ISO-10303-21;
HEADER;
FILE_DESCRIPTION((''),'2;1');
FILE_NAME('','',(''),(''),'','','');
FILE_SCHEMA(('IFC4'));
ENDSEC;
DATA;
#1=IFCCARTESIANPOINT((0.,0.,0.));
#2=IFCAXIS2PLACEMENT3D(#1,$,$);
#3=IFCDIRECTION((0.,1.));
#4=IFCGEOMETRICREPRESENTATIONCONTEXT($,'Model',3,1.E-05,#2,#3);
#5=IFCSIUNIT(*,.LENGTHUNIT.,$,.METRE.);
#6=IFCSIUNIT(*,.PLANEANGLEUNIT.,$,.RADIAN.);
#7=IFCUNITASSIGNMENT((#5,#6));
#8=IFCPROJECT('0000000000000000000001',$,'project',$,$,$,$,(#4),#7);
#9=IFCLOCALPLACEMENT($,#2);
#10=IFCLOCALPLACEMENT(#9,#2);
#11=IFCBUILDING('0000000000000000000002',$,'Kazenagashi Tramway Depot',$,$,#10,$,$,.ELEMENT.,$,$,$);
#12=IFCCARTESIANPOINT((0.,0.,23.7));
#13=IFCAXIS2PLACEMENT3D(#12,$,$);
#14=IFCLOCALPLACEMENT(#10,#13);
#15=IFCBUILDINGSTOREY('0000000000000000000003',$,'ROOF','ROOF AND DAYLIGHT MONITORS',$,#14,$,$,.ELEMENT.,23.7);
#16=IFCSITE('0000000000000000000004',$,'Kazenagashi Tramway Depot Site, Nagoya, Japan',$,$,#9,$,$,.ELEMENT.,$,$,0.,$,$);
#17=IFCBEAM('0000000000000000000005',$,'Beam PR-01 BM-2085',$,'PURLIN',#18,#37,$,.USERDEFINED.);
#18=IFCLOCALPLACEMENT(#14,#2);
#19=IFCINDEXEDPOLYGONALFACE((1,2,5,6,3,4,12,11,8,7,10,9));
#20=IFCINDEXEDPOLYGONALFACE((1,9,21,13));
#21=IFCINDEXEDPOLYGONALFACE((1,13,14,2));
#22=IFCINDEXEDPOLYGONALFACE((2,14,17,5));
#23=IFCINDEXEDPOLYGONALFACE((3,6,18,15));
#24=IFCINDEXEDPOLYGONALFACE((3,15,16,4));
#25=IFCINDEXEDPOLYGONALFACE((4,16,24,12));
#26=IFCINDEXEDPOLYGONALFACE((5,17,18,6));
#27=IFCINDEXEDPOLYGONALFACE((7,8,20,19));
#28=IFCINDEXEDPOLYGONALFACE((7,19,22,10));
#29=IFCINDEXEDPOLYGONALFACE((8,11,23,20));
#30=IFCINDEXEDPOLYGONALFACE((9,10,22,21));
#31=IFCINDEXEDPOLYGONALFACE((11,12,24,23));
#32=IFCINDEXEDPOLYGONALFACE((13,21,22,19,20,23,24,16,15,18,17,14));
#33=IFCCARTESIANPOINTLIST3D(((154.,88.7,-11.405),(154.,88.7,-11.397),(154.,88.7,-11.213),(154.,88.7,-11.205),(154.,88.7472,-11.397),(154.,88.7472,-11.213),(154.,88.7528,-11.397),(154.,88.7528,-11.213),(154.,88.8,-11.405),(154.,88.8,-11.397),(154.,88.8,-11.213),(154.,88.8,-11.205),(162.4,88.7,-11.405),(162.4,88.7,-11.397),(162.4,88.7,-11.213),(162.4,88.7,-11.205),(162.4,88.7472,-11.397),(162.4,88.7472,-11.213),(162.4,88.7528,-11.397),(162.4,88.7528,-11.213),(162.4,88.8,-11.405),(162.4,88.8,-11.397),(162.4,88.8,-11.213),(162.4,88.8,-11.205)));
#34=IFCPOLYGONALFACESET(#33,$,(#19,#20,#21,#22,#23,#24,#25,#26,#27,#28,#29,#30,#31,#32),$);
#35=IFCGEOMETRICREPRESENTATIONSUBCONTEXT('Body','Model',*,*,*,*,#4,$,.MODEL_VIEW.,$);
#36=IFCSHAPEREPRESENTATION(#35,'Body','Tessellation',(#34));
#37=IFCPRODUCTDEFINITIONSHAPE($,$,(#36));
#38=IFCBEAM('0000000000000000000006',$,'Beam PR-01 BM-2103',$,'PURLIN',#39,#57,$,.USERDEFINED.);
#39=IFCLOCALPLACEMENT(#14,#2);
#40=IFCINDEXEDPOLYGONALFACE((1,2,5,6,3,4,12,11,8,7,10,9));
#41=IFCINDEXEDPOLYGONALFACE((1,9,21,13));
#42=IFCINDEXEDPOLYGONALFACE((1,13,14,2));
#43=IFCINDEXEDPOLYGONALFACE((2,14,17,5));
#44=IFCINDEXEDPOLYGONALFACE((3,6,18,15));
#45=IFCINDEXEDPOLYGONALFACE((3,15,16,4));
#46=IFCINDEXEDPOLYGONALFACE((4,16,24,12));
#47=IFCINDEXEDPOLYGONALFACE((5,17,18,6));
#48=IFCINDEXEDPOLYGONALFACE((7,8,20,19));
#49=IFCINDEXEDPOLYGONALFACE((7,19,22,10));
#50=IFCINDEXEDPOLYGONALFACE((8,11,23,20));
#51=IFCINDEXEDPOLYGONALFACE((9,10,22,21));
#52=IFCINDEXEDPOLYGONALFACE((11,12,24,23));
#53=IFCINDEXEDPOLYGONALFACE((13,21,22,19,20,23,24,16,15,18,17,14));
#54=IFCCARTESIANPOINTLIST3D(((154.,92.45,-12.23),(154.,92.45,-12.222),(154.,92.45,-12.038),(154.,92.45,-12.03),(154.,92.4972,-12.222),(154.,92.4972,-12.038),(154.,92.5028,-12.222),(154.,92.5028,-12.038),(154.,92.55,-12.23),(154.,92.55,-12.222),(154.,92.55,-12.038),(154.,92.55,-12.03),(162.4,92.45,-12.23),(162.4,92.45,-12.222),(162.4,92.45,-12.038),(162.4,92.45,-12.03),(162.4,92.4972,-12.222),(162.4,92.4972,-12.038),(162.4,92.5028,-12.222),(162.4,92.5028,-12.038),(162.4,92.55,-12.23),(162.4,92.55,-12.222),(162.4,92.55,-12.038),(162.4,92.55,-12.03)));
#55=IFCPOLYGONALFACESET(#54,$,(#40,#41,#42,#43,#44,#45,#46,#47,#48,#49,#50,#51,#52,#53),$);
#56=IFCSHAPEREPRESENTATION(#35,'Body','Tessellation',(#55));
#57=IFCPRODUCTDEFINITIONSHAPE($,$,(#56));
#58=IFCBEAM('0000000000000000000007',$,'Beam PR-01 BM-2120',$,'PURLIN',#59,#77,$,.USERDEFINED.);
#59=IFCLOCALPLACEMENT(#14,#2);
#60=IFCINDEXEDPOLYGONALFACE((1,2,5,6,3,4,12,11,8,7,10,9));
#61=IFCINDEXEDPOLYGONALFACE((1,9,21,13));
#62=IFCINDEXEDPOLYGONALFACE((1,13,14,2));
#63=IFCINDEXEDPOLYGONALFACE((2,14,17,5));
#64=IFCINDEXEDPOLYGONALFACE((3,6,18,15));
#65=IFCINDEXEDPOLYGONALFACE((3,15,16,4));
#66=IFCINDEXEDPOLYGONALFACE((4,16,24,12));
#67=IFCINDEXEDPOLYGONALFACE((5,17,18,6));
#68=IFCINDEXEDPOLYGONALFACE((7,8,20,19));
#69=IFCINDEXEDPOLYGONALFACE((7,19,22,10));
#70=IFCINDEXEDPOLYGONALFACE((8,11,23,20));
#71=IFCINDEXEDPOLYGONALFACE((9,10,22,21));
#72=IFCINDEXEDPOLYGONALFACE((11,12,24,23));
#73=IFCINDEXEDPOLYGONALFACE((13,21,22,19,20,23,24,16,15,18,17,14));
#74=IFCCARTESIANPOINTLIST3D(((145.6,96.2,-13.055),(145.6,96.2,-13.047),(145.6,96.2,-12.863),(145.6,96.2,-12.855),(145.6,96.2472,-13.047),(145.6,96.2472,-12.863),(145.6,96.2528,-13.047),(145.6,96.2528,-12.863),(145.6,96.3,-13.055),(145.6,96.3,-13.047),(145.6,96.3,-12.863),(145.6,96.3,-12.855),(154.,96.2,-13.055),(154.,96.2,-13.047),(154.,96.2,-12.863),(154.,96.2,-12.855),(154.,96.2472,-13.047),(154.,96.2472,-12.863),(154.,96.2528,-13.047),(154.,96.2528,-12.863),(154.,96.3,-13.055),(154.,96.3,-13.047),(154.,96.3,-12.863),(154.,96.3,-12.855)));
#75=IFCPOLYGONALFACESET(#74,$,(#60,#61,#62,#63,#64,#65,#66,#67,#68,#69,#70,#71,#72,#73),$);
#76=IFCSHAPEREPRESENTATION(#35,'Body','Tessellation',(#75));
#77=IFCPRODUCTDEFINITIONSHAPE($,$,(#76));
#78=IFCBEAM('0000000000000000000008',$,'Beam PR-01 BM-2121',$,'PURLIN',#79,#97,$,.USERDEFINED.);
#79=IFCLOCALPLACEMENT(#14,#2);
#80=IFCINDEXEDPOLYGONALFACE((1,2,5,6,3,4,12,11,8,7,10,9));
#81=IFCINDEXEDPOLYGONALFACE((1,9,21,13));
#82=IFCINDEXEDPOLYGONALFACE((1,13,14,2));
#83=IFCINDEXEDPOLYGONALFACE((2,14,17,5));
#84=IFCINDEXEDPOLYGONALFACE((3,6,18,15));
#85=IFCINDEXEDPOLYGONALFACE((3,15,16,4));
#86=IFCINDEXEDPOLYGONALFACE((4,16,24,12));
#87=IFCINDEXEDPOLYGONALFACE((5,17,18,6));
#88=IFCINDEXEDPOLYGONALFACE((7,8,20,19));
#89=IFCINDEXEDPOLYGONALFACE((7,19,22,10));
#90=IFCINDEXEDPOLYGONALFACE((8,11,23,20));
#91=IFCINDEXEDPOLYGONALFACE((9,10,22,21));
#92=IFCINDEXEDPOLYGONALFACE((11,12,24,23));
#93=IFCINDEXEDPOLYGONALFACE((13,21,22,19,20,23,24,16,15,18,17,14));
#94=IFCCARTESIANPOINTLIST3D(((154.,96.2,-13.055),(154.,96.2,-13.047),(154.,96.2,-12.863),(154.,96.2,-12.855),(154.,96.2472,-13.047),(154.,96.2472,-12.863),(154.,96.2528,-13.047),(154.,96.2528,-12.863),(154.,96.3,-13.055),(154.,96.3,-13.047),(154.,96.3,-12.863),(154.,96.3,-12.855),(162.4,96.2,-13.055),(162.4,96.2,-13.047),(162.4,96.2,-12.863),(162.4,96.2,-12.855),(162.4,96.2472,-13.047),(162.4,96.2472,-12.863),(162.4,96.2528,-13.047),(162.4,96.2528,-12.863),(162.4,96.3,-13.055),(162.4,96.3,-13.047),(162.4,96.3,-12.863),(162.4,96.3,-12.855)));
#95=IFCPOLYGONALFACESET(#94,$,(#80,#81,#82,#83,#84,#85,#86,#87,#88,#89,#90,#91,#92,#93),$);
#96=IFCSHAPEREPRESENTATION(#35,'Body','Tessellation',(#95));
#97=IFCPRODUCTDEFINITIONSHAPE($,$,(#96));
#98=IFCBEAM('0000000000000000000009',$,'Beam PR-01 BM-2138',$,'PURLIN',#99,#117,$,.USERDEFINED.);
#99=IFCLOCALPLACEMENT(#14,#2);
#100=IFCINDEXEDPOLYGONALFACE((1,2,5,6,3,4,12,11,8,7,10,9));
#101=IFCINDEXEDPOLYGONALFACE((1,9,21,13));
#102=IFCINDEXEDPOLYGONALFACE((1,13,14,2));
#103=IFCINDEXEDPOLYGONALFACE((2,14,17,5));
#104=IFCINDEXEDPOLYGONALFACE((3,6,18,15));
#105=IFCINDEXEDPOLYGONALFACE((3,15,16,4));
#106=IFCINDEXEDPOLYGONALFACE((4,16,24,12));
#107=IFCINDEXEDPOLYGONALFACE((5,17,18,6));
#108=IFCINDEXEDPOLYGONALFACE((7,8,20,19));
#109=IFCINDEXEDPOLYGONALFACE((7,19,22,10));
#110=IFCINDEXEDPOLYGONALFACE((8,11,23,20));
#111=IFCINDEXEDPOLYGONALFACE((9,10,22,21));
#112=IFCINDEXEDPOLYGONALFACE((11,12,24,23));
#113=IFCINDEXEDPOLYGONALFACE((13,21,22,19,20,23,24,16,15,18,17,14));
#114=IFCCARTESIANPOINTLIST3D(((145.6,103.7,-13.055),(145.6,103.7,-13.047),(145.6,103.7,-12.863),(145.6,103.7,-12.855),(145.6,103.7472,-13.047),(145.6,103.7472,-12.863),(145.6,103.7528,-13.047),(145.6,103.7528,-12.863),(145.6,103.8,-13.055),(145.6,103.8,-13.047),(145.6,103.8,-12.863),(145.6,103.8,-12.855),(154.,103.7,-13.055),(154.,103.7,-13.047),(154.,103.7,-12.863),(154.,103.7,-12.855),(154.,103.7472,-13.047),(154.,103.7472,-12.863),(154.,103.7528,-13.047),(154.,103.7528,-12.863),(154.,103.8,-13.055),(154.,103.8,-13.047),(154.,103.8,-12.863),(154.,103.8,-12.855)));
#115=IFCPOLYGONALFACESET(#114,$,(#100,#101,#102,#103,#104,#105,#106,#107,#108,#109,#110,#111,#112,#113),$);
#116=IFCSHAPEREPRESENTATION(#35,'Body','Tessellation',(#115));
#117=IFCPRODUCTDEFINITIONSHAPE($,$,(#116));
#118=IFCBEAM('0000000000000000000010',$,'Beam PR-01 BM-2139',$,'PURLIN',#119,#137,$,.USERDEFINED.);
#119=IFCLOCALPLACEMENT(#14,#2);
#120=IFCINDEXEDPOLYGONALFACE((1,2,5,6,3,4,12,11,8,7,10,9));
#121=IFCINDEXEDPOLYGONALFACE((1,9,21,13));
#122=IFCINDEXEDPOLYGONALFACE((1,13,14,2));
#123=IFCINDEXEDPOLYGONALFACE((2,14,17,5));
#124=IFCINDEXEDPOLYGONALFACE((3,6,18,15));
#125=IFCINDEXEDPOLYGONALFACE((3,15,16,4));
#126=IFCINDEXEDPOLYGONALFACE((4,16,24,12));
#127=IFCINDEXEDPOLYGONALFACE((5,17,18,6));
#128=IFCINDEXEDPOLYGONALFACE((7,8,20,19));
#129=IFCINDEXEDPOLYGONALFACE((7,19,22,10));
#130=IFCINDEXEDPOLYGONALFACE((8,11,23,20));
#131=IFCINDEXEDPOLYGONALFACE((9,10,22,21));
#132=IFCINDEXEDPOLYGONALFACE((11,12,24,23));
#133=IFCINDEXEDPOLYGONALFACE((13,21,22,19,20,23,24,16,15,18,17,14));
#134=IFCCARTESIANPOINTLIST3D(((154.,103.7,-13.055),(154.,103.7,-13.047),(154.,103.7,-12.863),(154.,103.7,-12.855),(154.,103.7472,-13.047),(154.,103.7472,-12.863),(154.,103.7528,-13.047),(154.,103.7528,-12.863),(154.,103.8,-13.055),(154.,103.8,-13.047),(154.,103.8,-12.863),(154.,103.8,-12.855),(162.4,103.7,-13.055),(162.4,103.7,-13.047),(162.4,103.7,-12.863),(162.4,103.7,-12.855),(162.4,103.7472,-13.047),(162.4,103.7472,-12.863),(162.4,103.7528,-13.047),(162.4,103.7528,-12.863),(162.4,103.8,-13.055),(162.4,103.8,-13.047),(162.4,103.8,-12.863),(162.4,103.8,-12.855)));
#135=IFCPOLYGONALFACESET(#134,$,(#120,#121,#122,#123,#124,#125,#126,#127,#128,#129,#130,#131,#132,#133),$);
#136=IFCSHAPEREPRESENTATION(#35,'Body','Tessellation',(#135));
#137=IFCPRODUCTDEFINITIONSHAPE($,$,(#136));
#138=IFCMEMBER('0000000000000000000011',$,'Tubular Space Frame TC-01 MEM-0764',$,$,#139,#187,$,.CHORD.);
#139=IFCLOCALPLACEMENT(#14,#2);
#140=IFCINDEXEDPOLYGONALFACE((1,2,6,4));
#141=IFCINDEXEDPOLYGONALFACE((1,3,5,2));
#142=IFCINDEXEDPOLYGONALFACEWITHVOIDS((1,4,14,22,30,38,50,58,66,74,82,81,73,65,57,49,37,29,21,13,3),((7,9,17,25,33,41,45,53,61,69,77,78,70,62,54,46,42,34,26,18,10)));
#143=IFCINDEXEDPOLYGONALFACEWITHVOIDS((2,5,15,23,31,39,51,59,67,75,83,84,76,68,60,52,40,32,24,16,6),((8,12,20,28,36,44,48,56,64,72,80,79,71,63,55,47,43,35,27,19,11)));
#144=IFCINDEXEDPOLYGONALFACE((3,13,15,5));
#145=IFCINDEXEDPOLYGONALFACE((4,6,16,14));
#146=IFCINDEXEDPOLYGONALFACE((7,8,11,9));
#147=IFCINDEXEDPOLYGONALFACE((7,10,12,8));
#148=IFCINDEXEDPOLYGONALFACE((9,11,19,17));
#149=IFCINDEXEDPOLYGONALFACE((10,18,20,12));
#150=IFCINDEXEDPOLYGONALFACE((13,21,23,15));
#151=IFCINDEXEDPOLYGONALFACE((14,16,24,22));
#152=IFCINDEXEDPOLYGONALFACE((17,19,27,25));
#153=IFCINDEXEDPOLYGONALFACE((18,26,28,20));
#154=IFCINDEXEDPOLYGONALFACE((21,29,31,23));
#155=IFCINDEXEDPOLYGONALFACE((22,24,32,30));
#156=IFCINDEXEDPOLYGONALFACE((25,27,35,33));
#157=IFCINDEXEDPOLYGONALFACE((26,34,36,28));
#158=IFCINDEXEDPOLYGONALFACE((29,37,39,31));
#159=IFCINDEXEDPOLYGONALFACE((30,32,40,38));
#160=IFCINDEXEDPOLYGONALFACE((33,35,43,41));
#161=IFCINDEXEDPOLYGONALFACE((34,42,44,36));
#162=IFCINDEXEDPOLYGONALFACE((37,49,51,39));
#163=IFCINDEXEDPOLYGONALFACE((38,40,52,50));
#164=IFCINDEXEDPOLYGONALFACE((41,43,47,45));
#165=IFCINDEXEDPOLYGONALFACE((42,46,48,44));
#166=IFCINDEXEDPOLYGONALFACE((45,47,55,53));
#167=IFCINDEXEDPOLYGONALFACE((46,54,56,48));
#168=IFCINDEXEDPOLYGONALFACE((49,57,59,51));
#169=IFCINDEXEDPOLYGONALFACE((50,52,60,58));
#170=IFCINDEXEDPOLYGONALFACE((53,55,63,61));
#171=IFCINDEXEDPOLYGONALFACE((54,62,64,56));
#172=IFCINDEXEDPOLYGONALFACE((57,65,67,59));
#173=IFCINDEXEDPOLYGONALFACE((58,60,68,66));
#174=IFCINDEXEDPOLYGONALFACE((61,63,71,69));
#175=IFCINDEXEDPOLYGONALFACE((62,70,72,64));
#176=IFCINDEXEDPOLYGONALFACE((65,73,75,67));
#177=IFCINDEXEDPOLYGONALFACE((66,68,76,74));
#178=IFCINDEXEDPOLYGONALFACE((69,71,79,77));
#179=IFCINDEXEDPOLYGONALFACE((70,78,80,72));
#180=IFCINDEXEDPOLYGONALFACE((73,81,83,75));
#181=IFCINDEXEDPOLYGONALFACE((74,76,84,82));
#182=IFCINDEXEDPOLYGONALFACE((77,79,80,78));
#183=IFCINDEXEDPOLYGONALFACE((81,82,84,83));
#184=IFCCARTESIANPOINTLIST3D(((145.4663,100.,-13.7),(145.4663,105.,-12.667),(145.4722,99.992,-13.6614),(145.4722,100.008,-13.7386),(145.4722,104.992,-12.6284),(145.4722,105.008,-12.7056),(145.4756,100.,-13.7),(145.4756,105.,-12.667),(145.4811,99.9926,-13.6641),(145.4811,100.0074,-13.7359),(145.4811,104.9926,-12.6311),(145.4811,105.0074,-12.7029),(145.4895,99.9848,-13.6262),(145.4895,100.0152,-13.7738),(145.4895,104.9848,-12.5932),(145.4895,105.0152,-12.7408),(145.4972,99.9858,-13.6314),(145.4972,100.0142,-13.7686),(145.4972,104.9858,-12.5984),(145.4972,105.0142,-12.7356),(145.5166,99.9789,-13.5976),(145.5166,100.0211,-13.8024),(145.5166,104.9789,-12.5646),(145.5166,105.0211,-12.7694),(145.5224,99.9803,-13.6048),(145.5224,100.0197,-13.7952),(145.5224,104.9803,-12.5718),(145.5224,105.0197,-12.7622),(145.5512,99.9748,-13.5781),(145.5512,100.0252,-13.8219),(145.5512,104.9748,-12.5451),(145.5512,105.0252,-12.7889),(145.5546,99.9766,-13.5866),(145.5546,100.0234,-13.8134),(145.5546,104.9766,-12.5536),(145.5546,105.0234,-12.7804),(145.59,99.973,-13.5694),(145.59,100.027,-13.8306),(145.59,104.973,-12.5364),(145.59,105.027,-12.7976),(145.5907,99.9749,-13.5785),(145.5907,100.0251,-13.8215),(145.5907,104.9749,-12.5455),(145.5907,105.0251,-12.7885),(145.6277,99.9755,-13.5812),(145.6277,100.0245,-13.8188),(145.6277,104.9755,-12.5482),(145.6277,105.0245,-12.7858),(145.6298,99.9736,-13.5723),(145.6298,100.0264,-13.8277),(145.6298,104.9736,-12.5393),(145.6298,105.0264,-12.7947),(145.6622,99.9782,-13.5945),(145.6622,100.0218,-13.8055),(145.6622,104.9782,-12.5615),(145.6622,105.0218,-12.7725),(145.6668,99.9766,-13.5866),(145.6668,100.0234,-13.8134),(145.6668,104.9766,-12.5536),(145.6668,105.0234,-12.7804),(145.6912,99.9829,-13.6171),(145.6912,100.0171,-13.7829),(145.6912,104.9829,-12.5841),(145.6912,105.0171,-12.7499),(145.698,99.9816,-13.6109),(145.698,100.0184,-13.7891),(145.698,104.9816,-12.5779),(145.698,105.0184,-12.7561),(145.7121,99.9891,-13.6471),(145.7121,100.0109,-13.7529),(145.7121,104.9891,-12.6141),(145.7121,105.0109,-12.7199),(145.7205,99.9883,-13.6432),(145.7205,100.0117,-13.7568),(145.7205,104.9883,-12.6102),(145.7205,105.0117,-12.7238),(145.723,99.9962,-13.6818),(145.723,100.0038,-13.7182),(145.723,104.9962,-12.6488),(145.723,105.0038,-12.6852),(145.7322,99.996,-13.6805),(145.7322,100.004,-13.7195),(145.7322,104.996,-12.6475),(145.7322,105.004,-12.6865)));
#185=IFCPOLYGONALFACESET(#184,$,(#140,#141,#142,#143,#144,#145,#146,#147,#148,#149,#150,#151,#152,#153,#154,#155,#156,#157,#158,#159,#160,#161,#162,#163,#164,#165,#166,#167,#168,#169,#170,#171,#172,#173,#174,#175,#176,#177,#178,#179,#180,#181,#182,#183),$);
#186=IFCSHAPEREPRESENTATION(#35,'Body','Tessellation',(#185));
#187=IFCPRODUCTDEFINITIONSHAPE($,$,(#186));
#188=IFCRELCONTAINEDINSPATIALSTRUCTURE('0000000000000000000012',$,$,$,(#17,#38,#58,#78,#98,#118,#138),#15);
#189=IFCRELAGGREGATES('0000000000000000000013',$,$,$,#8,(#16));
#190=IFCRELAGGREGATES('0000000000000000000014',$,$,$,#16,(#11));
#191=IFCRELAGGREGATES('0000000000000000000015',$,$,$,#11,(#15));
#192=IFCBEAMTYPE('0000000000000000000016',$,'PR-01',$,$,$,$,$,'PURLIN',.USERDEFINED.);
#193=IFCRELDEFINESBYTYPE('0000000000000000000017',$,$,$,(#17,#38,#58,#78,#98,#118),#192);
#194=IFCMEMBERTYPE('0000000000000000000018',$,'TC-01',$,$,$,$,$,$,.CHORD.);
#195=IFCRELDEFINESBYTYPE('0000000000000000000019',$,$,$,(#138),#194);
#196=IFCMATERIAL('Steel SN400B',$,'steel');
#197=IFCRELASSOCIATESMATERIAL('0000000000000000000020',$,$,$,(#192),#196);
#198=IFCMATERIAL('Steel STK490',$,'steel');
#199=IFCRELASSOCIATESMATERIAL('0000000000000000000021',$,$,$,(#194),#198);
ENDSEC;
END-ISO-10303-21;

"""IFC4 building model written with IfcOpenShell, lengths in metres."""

from ifc_helpers import new_model, si_unit, direction, frame, origin, origin_2d, place, context, subcontext, project, spatial, hollow_circle, i_section, extrude, material, material_profile, profile_set, type_object, element, save


model = new_model("IFC4")

# Units and contexts
model_context = context("Model", 3, precision=1e-05, world=origin(), true_north=direction((0.0, 1.0)))
body_context = subcontext(model_context, "Body", "Model", "MODEL_VIEW")
ifc_project = project(units=[si_unit("LENGTHUNIT", "METRE"), si_unit("PLANEANGLEUNIT", "RADIAN")], contexts=[model_context])

# Site, building, storey
site_placement = place(None, origin())
site = spatial("IfcSite", under=ifc_project, at=site_placement, Name="Kazenagashi Tramway Depot Site, Nagoya, Japan", CompositionType="ELEMENT", RefElevation=0.0)
building_placement = place(site_placement, origin())
building = spatial("IfcBuilding", under=site, at=building_placement, Name="Kazenagashi Tramway Depot", CompositionType="ELEMENT")
storey_placement = place(building_placement, frame((0.0, 0.0, 23.7)))
storey = spatial("IfcBuildingStorey", under=building, at=storey_placement, Name="ROOF", Description="ROOF AND DAYLIGHT MONITORS", CompositionType="ELEMENT", Elevation=23.7)

# Beams
ifc_material_1 = material(Name="Steel SN400B", Category="steel")
ifc_material_profile_1 = material_profile(ifc_material_1, i_section(OverallWidth=0.1, OverallDepth=0.2, WebThickness=0.0055, FlangeThickness=0.008, at=origin_2d()), Name="H-200x100x5.5x8")
ifc_profile_set_1 = profile_set([ifc_material_profile_1], Name="Steel SN400B")
beam_type = type_object("IfcBeamType", Name="PR-01", ElementType="PURLIN", PredefinedType="USERDEFINED", material=ifc_profile_set_1)
for number, where, z_axis, x_axis, name in (
    (1, (154.0, 88.75, -11.305), (1.0, 0.0, 0.0), (0.0, 1.0, 0.0), "Beam PR-01 BM-2085"),
    (2, (154.0, 92.5, -12.13), (1.0, 0.0, 0.0), (0.0, 1.0, 0.0), "Beam PR-01 BM-2103"),
    (3, (145.6, 96.25, -12.955), (1.0, 0.0, 0.0), (0.0, 1.0, 0.0), "Beam PR-01 BM-2120"),
    (4, (154.0, 96.25, -12.955), (1.0, 0.0, 0.0), (0.0, 1.0, 0.0), "Beam PR-01 BM-2121"),
    (5, (145.6, 103.75, -12.955), (1.0, 0.0, 0.0), (0.0, 1.0, 0.0), "Beam PR-01 BM-2138"),
    (6, (154.0, 103.75, -12.955), (1.0, 0.0, 0.0), (0.0, 1.0, 0.0), "Beam PR-01 BM-2139"),
):
    element("IfcBeam", number, at=place(storey_placement, frame(where, z_axis=z_axis, x_axis=x_axis)), inside=storey, type_object=beam_type, Name=name, ObjectType="PURLIN", PredefinedType="USERDEFINED", context=body_context, shape_type="SweptSolid", body=[
        extrude(i_section(OverallWidth=0.1, OverallDepth=0.2, WebThickness=0.0055, FlangeThickness=0.008, at=origin_2d()), origin(), (0.0, 0.0, 1.0), 8.4),
    ])

# Member
ifc_material_2 = material(Name="Steel STK490", Category="steel")
ifc_material_profile_2 = material_profile(ifc_material_2, hollow_circle(Radius=0.1337, WallThickness=0.0093, at=origin_2d()), Name="CHS-267.4x9.3")
ifc_profile_set_2 = profile_set([ifc_material_profile_2], Name="Steel STK490")
member_type_1 = type_object("IfcMemberType", Name="TC-01", PredefinedType="CHORD", material=ifc_profile_set_2)
member_1_placement = place(storey_placement, frame((145.6, 100.0, -13.7), z_axis=(0.0, 0.979318, 0.202327), x_axis=(-1.0, 0.0, 0.0)))
element("IfcMember", 7, at=member_1_placement, inside=storey, type_object=member_type_1, Name="Tubular Space Frame TC-01 MEM-0764", PredefinedType="CHORD", context=body_context, shape_type="SweptSolid", body=[
    extrude(hollow_circle(Radius=0.1337, WallThickness=0.0093, at=origin_2d()), origin(), (0.0, 0.0, 1.0), 5.1056),
])

save(model, "model.ifc")
